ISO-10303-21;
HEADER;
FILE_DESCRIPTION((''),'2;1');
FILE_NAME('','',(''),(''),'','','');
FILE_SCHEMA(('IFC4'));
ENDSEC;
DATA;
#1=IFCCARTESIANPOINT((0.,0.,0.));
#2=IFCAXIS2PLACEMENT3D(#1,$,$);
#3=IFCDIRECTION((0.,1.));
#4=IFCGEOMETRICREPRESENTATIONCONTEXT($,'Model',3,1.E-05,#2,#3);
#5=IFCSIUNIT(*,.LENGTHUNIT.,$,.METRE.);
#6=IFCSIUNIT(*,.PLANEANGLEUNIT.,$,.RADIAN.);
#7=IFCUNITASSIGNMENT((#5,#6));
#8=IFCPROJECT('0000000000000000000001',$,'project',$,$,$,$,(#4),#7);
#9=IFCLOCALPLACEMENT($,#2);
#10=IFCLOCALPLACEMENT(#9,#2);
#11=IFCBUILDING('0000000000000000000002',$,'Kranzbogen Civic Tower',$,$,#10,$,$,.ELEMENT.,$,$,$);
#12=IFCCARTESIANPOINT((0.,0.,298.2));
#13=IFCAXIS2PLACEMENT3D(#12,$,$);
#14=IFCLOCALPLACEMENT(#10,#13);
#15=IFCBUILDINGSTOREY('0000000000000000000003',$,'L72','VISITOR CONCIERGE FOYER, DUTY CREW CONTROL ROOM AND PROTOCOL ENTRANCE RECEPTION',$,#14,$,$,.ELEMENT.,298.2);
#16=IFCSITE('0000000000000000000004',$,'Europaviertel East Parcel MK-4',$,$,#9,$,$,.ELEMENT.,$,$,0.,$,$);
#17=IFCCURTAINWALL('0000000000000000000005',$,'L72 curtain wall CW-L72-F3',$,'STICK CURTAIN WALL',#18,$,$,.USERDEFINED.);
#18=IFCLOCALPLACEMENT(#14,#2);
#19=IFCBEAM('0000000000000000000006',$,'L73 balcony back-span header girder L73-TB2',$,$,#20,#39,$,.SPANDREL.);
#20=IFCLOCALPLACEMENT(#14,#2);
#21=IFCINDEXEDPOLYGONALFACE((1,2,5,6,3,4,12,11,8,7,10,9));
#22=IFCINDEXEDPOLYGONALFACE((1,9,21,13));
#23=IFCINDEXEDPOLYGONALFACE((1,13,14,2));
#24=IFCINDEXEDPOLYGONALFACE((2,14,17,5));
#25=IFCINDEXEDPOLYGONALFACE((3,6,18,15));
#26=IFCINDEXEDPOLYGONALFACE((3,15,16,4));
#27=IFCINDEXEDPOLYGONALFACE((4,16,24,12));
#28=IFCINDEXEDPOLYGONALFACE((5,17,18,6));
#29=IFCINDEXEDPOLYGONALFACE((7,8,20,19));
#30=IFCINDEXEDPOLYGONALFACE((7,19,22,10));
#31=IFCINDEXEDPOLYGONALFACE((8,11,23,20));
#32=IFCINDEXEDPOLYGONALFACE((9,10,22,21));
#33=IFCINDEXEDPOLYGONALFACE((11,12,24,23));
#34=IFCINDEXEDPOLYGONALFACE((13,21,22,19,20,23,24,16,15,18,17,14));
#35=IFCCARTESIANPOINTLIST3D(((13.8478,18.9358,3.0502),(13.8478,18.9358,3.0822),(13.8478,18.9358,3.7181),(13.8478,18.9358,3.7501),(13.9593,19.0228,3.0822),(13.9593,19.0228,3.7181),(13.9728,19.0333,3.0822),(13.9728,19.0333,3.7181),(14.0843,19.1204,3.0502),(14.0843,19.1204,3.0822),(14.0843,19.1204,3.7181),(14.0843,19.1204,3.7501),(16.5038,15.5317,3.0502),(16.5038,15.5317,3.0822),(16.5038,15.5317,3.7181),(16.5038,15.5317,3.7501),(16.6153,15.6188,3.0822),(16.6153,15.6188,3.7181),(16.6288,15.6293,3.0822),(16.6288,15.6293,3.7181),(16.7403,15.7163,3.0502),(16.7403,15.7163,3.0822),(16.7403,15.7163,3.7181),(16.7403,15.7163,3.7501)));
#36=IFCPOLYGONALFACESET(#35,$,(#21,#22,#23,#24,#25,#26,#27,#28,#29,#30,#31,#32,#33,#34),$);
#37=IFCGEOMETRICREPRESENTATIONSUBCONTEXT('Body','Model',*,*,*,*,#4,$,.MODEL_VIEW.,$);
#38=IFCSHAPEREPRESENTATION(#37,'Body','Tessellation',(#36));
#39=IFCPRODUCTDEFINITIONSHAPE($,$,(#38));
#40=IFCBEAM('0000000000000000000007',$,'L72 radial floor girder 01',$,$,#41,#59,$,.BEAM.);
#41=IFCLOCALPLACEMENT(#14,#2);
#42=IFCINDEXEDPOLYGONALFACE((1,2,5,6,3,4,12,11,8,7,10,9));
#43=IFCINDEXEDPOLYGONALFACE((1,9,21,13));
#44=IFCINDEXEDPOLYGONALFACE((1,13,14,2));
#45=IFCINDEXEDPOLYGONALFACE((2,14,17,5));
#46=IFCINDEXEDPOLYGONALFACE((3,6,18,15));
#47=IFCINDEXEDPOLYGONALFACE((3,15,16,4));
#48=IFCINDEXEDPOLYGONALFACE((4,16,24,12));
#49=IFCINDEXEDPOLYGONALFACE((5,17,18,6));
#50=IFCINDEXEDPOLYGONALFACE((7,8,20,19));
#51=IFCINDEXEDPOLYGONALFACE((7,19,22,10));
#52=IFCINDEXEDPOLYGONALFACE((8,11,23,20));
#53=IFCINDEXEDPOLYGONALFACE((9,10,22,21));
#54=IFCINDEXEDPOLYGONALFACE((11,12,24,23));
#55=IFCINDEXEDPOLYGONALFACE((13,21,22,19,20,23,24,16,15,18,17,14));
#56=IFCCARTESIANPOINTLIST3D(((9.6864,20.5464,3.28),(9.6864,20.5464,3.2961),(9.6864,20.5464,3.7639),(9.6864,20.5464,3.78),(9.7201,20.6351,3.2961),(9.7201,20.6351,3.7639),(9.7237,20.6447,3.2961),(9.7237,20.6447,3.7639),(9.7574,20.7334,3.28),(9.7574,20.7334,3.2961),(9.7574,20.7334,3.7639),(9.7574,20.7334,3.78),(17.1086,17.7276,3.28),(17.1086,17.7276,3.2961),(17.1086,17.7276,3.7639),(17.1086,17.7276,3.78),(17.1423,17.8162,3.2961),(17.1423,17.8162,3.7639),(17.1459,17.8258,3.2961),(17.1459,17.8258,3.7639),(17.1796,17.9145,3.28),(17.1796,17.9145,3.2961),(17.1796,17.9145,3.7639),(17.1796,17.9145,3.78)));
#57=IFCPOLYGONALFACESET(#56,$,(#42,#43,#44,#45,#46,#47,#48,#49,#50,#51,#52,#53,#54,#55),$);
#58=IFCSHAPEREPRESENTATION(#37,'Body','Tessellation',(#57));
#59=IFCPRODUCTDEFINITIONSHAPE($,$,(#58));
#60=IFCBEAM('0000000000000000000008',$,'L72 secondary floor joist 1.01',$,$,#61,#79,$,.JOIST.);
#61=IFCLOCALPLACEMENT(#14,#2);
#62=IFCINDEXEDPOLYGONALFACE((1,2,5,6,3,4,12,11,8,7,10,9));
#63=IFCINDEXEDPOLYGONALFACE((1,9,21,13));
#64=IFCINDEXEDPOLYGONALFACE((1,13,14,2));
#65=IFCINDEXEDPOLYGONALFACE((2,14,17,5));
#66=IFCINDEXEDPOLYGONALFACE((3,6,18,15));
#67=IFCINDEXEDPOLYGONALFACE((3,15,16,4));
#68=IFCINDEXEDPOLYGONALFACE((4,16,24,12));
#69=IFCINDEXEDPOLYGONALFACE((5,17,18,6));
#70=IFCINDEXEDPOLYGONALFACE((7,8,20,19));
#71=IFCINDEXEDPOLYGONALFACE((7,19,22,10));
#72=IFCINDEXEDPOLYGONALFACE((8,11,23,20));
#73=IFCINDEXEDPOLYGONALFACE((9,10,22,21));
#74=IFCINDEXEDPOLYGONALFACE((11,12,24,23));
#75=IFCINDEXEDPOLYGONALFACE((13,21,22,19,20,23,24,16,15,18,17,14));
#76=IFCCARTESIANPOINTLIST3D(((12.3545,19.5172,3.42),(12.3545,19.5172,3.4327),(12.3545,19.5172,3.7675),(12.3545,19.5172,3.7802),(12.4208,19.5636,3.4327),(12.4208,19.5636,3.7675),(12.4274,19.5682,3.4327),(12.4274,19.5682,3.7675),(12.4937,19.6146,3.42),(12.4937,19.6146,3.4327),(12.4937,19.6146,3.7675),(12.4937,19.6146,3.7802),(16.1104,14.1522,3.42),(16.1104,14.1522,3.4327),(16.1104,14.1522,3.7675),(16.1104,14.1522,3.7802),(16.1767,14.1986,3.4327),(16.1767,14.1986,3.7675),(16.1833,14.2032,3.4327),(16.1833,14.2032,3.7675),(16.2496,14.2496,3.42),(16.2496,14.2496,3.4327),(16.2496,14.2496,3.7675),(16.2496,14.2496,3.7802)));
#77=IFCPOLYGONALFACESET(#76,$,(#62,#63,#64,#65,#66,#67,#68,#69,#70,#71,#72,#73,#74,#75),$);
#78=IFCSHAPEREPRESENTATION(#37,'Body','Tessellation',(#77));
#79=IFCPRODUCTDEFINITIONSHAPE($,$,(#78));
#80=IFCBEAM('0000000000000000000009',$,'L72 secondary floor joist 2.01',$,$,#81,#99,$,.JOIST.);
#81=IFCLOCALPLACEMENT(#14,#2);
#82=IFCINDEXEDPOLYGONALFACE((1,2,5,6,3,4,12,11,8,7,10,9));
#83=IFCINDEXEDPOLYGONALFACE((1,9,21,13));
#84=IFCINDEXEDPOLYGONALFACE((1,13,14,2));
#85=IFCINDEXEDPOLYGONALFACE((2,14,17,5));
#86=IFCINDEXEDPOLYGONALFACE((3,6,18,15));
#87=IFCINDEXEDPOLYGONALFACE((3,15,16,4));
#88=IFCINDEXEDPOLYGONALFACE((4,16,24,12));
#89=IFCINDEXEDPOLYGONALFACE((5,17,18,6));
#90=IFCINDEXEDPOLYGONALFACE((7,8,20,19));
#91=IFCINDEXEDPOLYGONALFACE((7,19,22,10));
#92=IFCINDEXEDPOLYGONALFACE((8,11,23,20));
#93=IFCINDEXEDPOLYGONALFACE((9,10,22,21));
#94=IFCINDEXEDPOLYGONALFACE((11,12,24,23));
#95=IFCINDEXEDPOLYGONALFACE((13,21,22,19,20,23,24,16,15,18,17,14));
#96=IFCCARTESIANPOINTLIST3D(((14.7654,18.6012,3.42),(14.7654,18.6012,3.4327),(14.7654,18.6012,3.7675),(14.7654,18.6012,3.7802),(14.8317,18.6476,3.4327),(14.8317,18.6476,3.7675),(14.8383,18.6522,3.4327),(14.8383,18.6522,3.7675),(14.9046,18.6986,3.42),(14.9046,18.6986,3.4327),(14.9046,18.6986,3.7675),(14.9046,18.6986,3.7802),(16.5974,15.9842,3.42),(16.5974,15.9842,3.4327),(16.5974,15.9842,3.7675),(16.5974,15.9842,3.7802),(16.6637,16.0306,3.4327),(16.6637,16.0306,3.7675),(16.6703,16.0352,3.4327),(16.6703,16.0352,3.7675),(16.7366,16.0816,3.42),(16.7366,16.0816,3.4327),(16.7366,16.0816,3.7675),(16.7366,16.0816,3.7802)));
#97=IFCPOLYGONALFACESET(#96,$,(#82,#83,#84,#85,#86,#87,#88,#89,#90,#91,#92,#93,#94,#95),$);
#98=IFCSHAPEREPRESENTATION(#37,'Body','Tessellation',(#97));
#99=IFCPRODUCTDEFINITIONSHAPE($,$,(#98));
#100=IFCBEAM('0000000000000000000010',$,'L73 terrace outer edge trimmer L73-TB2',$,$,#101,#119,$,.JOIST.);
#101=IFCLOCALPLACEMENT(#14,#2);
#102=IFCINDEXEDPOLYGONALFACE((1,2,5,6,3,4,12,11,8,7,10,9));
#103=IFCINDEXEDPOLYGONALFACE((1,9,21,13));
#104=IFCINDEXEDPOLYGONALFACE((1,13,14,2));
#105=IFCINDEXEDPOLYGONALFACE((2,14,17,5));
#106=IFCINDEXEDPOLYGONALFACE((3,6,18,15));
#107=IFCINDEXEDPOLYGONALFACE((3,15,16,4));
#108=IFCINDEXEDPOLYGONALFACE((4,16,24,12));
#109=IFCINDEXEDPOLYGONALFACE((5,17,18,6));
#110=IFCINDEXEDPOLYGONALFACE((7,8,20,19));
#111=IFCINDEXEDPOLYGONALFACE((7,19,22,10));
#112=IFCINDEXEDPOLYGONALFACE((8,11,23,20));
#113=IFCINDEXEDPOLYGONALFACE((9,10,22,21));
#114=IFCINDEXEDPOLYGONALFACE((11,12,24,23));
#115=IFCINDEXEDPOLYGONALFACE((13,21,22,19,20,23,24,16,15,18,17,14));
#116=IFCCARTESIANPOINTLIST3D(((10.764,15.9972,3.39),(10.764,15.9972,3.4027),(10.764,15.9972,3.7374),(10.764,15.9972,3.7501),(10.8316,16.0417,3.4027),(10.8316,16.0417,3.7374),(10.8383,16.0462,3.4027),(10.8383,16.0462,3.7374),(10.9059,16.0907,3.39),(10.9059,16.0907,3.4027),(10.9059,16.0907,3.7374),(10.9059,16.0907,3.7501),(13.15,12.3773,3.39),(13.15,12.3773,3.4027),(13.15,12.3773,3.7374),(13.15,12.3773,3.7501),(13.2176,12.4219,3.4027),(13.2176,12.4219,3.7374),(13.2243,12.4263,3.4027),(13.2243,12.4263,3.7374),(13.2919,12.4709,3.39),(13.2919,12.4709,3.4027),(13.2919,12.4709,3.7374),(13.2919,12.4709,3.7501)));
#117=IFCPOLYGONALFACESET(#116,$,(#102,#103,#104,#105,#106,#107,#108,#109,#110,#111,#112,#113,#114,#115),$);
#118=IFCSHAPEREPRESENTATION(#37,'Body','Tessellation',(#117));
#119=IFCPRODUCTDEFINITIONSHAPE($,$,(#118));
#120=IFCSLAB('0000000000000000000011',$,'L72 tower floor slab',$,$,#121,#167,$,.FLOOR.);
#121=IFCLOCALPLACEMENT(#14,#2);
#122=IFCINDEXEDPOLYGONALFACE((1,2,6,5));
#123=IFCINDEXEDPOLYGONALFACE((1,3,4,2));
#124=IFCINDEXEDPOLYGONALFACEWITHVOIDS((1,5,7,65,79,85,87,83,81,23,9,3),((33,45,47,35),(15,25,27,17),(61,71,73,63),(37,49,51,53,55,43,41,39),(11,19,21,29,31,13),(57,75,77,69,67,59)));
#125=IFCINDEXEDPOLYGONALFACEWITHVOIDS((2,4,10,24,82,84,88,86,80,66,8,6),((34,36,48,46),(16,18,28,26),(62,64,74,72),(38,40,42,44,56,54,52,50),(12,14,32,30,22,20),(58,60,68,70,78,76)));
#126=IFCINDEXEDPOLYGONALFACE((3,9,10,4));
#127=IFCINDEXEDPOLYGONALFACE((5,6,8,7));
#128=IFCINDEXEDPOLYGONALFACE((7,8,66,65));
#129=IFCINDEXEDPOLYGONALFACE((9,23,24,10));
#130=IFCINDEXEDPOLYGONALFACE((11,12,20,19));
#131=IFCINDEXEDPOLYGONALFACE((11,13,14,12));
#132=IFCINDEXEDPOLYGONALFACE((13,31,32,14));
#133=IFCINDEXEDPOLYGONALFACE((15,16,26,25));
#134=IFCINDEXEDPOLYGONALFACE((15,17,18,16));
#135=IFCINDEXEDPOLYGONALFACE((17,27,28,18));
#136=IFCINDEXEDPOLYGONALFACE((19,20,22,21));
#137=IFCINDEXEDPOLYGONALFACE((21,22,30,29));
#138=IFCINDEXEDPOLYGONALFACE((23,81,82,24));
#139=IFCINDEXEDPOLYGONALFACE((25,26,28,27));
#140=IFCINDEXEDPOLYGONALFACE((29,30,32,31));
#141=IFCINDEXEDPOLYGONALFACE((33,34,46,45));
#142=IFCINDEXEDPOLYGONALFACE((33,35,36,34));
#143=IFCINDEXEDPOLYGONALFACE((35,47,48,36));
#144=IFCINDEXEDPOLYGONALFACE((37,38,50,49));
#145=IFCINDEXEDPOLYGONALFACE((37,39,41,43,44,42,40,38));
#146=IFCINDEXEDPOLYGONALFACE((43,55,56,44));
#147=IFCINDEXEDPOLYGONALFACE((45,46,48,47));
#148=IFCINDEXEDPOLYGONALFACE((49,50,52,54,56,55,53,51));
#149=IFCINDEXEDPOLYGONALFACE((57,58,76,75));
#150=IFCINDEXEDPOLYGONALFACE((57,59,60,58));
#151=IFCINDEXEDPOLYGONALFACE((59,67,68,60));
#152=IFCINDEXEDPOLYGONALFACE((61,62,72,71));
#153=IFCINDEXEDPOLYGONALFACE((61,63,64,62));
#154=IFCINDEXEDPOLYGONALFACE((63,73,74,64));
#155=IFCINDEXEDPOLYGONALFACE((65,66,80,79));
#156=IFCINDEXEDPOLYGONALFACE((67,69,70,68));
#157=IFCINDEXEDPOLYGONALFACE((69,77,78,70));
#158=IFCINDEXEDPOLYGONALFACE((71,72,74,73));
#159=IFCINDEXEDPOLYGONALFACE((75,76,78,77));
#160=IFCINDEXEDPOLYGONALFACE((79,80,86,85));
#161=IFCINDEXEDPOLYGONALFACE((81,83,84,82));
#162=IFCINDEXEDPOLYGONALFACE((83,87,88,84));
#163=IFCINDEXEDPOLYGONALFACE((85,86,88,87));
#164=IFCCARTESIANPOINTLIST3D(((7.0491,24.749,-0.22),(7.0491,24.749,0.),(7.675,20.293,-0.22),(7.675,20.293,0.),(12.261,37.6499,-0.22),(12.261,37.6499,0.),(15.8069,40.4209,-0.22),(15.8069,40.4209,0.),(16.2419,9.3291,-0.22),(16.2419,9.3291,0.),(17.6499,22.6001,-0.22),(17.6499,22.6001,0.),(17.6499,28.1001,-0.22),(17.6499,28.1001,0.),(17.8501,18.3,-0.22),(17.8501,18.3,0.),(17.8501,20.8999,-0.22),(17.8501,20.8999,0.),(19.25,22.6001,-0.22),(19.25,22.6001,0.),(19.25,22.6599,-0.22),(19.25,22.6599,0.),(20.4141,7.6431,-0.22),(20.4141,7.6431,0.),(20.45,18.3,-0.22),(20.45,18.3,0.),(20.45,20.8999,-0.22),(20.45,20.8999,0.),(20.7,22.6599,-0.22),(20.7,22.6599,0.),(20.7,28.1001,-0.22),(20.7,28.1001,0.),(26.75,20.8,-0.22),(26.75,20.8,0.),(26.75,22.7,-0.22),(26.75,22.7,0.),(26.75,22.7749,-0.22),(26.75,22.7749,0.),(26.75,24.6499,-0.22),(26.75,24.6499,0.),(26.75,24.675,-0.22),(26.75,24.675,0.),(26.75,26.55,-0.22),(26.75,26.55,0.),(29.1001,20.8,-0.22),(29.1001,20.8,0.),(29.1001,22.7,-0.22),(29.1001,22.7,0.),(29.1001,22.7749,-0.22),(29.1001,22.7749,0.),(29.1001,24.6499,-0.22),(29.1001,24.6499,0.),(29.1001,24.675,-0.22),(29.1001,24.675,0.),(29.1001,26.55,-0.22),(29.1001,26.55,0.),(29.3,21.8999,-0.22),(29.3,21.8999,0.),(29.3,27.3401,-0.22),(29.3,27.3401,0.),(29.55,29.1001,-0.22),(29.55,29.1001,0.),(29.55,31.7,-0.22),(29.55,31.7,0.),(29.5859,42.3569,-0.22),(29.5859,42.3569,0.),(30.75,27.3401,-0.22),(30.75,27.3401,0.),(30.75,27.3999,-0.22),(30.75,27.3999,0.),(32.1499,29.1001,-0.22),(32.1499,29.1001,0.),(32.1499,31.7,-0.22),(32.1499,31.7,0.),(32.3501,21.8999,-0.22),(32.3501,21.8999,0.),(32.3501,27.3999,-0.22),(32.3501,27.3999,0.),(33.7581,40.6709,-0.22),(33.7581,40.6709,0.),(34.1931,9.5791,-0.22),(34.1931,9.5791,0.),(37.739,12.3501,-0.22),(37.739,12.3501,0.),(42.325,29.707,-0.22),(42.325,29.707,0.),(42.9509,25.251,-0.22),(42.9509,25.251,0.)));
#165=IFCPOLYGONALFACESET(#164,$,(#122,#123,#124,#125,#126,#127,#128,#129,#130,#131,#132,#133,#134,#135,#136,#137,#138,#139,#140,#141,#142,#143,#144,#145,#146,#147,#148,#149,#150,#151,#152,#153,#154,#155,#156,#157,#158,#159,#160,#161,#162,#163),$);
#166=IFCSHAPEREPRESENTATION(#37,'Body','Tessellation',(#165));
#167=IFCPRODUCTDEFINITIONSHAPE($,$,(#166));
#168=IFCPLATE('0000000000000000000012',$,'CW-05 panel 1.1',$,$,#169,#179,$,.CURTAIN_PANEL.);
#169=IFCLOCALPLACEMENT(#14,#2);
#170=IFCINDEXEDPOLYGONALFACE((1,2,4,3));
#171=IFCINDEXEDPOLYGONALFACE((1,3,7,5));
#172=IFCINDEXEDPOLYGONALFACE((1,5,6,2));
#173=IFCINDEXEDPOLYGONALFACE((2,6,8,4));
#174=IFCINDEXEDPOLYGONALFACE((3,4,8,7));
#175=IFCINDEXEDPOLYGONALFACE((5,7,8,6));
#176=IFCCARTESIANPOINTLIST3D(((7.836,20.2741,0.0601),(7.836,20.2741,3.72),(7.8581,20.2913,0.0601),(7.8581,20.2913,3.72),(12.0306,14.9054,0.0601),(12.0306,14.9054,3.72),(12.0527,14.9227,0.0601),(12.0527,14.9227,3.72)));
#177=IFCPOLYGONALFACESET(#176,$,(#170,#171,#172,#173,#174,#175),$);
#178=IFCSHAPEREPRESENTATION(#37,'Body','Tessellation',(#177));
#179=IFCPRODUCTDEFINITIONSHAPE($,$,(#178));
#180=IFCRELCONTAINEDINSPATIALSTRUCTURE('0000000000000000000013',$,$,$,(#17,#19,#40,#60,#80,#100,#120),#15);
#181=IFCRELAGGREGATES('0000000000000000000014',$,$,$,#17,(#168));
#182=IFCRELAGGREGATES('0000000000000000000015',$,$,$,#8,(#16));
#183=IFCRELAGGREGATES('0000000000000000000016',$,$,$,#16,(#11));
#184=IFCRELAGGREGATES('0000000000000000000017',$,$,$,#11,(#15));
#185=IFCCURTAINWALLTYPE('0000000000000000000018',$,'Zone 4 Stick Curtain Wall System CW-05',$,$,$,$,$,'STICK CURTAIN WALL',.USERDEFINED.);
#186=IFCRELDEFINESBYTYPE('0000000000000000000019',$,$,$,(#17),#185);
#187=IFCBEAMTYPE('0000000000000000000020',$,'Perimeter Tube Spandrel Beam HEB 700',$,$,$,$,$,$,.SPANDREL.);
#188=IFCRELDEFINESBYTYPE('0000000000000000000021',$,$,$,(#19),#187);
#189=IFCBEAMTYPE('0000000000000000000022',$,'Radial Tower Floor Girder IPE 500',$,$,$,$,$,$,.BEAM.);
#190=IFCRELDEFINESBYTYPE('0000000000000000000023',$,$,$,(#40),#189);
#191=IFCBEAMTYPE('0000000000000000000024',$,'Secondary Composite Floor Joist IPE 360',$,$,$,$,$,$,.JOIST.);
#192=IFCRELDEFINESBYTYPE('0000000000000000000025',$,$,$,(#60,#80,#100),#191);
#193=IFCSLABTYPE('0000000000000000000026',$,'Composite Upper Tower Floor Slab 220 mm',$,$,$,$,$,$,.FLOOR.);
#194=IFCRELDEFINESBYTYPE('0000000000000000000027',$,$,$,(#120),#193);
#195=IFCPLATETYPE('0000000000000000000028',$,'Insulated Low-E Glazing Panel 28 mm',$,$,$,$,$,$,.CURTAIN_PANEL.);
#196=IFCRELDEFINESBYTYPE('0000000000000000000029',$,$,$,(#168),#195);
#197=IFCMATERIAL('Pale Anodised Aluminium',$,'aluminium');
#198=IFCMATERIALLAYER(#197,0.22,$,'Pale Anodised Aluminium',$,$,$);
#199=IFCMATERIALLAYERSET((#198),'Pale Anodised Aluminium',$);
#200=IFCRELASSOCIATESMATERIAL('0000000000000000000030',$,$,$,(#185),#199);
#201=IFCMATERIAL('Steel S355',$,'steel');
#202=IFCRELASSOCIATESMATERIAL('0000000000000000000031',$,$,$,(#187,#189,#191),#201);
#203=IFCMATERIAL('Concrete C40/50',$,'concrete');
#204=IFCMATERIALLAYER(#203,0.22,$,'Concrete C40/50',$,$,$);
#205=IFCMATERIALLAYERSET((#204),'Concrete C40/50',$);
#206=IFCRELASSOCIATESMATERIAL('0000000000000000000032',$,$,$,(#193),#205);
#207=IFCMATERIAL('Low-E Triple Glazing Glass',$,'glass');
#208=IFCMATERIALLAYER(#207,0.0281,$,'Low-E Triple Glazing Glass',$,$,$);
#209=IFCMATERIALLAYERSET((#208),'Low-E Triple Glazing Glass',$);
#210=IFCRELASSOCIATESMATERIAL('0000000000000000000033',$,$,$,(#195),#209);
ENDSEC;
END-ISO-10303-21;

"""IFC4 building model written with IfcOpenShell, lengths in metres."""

from ifc_helpers import new_model, si_unit, direction, frame, origin, origin_2d, place, context, subcontext, project, spatial, polyline, rectangle, i_section, outline, extrude, material, layer, layer_set, material_profile, profile_set, type_object, element, aggregate, save


model = new_model("IFC4")

# Units and contexts
model_context = context("Model", 3, precision=1e-05, world=origin(), true_north=direction((0.0, 1.0)))
body_context = subcontext(model_context, "Body", "Model", "MODEL_VIEW")
ifc_project = project(units=[si_unit("LENGTHUNIT", "METRE"), si_unit("PLANEANGLEUNIT", "RADIAN")], contexts=[model_context])

# Site, building, storey
site_placement = place(None, origin())
site = spatial("IfcSite", under=ifc_project, at=site_placement, Name="Europaviertel East Parcel MK-4", CompositionType="ELEMENT", RefElevation=0.0)
building_placement = place(site_placement, origin())
building = spatial("IfcBuilding", under=site, at=building_placement, Name="Kranzbogen Civic Tower", CompositionType="ELEMENT")
storey_placement = place(building_placement, frame((0.0, 0.0, 298.2)))
storey = spatial("IfcBuildingStorey", under=building, at=storey_placement, Name="L72", Description="VISITOR CONCIERGE FOYER, DUTY CREW CONTROL ROOM AND PROTOCOL ENTRANCE RECEPTION", CompositionType="ELEMENT", Elevation=298.2)

# Shared definitions
ifc_material_1 = material(Name="Steel S355", Category="steel")

# Curtain wall
ifc_material_2 = material(Name="Pale Anodised Aluminium", Category="aluminium")
ifc_layer_1 = layer(ifc_material_2, 0.22, Name="Pale Anodised Aluminium")
ifc_layer_set_1 = layer_set([ifc_layer_1], Name="Pale Anodised Aluminium")
curtain_wall_type = type_object("IfcCurtainWallType", Name="Zone 4 Stick Curtain Wall System CW-05", ElementType="STICK CURTAIN WALL", PredefinedType="USERDEFINED", material=ifc_layer_set_1)
curtain_wall_placement = place(storey_placement, origin())
curtain_wall = element("IfcCurtainWall", 1, at=curtain_wall_placement, inside=storey, type_object=curtain_wall_type, Name="L72 curtain wall CW-L72-F3", ObjectType="STICK CURTAIN WALL", PredefinedType="USERDEFINED")

# Beams
ifc_material_profile_1 = material_profile(ifc_material_1, i_section(OverallWidth=0.3, OverallDepth=0.7, WebThickness=0.0171, FlangeThickness=0.032, at=origin_2d()), Name="HEB 700")
ifc_profile_set_1 = profile_set([ifc_material_profile_1], Name="Steel S355")
beam_type_1 = type_object("IfcBeamType", Name="Perimeter Tube Spandrel Beam HEB 700", PredefinedType="SPANDREL", material=ifc_profile_set_1)
beam_1_placement = place(storey_placement, frame((13.9661, 19.0281, 3.4001), z_axis=(0.615153, -0.788407, 0.0), x_axis=(0.788407, 0.615153, 0.0)))
element("IfcBeam", 2, at=beam_1_placement, inside=storey, type_object=beam_type_1, Name="L73 balcony back-span header girder L73-TB2", PredefinedType="SPANDREL", context=body_context, shape_type="SweptSolid", body=[
    extrude(i_section(OverallWidth=0.3, OverallDepth=0.7, WebThickness=0.0171, FlangeThickness=0.032, at=origin_2d()), origin(), (0.0, 0.0, 1.0), 4.3176),
])
ifc_material_profile_2 = material_profile(ifc_material_1, i_section(OverallWidth=0.2, OverallDepth=0.5, WebThickness=0.0103, FlangeThickness=0.0161, at=origin_2d()), Name="IPE 500")
ifc_profile_set_2 = profile_set([ifc_material_profile_2], Name="Steel S355")
beam_type_2 = type_object("IfcBeamType", Name="Radial Tower Floor Girder IPE 500", PredefinedType="BEAM", material=ifc_profile_set_2)
beam_2_placement = place(storey_placement, frame((9.7219, 20.6399, 3.53), z_axis=(0.934849, -0.355046, 0.0), x_axis=(0.355046, 0.934849, 0.0)))
element("IfcBeam", 3, at=beam_2_placement, inside=storey, type_object=beam_type_2, Name="L72 radial floor girder 01", PredefinedType="BEAM", context=body_context, shape_type="SweptSolid", body=[
    extrude(i_section(OverallWidth=0.2, OverallDepth=0.5, WebThickness=0.0103, FlangeThickness=0.0161, at=origin_2d()), origin(), (0.0, 0.0, 1.0), 7.9395),
])
ifc_material_profile_3 = material_profile(ifc_material_1, i_section(OverallWidth=0.1699, OverallDepth=0.3601, WebThickness=0.0081, FlangeThickness=0.0127, at=origin_2d()), Name="IPE 360")
ifc_profile_set_3 = profile_set([ifc_material_profile_3], Name="Steel S355")
beam_type_3 = type_object("IfcBeamType", Name="Secondary Composite Floor Joist IPE 360", PredefinedType="JOIST", material=ifc_profile_set_3)
beam_3_placement = place(storey_placement, frame((12.4241, 19.5659, 3.6001), z_axis=(0.5735, -0.819206, 0.0), x_axis=(0.819206, 0.5735, 0.0)))
element("IfcBeam", 4, at=beam_3_placement, inside=storey, type_object=beam_type_3, Name="L72 secondary floor joist 1.01", PredefinedType="JOIST", context=body_context, shape_type="SweptSolid", body=[
    extrude(i_section(OverallWidth=0.1699, OverallDepth=0.3601, WebThickness=0.0081, FlangeThickness=0.0127, at=origin_2d()), origin(), (0.0, 0.0, 1.0), 6.5491),
])
beam_4_placement = place(storey_placement, frame((14.835, 18.6499, 3.6001), z_axis=(0.573498, -0.819207, 0.0), x_axis=(0.819207, 0.573498, 0.0)))
element("IfcBeam", 5, at=beam_4_placement, inside=storey, type_object=beam_type_3, Name="L72 secondary floor joist 2.01", PredefinedType="JOIST", context=body_context, shape_type="SweptSolid", body=[
    extrude(i_section(OverallWidth=0.1699, OverallDepth=0.3601, WebThickness=0.0081, FlangeThickness=0.0127, at=origin_2d()), origin(), (0.0, 0.0, 1.0), 3.1946),
])
beam_5_placement = place(storey_placement, frame((10.835, 16.0439, 3.5701), z_axis=(0.550339, -0.834941, 0.0), x_axis=(0.834941, 0.550339, 0.0)))
element("IfcBeam", 6, at=beam_5_placement, inside=storey, type_object=beam_type_3, Name="L73 terrace outer edge trimmer L73-TB2", PredefinedType="JOIST", context=body_context, shape_type="SweptSolid", body=[
    extrude(i_section(OverallWidth=0.1699, OverallDepth=0.3601, WebThickness=0.0081, FlangeThickness=0.0127, at=origin_2d()), origin(), (0.0, 0.0, 1.0), 4.3354),
])

# Slab
ifc_material_3 = material(Name="Concrete C40/50", Category="concrete")
ifc_layer_2 = layer(ifc_material_3, 0.22, Name="Concrete C40/50")
ifc_layer_set_2 = layer_set([ifc_layer_2], Name="Concrete C40/50")
slab_type_1 = type_object("IfcSlabType", Name="Composite Upper Tower Floor Slab 220 mm", PredefinedType="FLOOR", material=ifc_layer_set_2)
slab_1_placement = place(storey_placement, frame((0.0, 0.0, -0.22)))
element("IfcSlab", 7, at=slab_1_placement, inside=storey, type_object=slab_type_1, Name="L72 tower floor slab", PredefinedType="FLOOR", context=body_context, shape_type="SweptSolid", body=[
    extrude(outline(polyline([(29.5859, 42.3569), (15.8069, 40.4209), (12.261, 37.6499), (7.0491, 24.749), (7.675, 20.293), (16.2419, 9.3291), (20.4141, 7.6431), (34.1931, 9.5791), (37.739, 12.3501), (42.9509, 25.251), (42.325, 29.707), (33.7581, 40.6709), (29.5859, 42.3569)]), holes=[polyline([(17.8501, 20.8999), (20.45, 20.8999), (20.45, 18.3), (17.8501, 18.3), (17.8501, 20.8999)]), polyline([(29.1001, 22.7), (29.1001, 20.8), (26.75, 20.8), (26.75, 22.7), (29.1001, 22.7)]), polyline([(29.1001, 24.6499), (29.1001, 22.7749), (26.75, 22.7749), (26.75, 24.6499), (26.75, 24.675), (26.75, 26.55), (29.1001, 26.55), (29.1001, 24.675), (29.1001, 24.6499)]), polyline([(29.3, 27.3401), (30.75, 27.3401), (30.75, 27.3999), (32.3501, 27.3999), (32.3501, 21.8999), (29.3, 21.8999), (29.3, 27.3401)]), polyline([(20.7, 22.6599), (19.25, 22.6599), (19.25, 22.6001), (17.6499, 22.6001), (17.6499, 28.1001), (20.7, 28.1001), (20.7, 22.6599)]), polyline([(32.1499, 31.7), (32.1499, 29.1001), (29.55, 29.1001), (29.55, 31.7), (32.1499, 31.7)])]), origin(), (0.0, 0.0, 1.0), 0.22),
])

# Plate
ifc_material_4 = material(Name="Low-E Triple Glazing Glass", Category="glass")
ifc_layer_3 = layer(ifc_material_4, 0.0281, Name="Low-E Triple Glazing Glass")
ifc_layer_set_3 = layer_set([ifc_layer_3], Name="Low-E Triple Glazing Glass")
plate_type = type_object("IfcPlateType", Name="Insulated Low-E Glazing Panel 28 mm", PredefinedType="CURTAIN_PANEL", material=ifc_layer_set_3)
plate_1_placement = place(storey_placement, frame((9.9443, 17.5984, 0.0601), z_axis=(0.0, 0.0, 1.0), x_axis=(0.615679, -0.787997, 0.0)))
plate_1 = element("IfcPlate", 8, at=plate_1_placement, type_object=plate_type, Name="CW-05 panel 1.1", PredefinedType="CURTAIN_PANEL", context=body_context, shape_type="SweptSolid", body=[
    extrude(rectangle(XDim=6.813, YDim=0.0281, at=origin_2d()), origin(), (0.0, 0.0, 1.0), 3.6599),
])
aggregate(curtain_wall, [plate_1])

save(model, "model.ifc")
